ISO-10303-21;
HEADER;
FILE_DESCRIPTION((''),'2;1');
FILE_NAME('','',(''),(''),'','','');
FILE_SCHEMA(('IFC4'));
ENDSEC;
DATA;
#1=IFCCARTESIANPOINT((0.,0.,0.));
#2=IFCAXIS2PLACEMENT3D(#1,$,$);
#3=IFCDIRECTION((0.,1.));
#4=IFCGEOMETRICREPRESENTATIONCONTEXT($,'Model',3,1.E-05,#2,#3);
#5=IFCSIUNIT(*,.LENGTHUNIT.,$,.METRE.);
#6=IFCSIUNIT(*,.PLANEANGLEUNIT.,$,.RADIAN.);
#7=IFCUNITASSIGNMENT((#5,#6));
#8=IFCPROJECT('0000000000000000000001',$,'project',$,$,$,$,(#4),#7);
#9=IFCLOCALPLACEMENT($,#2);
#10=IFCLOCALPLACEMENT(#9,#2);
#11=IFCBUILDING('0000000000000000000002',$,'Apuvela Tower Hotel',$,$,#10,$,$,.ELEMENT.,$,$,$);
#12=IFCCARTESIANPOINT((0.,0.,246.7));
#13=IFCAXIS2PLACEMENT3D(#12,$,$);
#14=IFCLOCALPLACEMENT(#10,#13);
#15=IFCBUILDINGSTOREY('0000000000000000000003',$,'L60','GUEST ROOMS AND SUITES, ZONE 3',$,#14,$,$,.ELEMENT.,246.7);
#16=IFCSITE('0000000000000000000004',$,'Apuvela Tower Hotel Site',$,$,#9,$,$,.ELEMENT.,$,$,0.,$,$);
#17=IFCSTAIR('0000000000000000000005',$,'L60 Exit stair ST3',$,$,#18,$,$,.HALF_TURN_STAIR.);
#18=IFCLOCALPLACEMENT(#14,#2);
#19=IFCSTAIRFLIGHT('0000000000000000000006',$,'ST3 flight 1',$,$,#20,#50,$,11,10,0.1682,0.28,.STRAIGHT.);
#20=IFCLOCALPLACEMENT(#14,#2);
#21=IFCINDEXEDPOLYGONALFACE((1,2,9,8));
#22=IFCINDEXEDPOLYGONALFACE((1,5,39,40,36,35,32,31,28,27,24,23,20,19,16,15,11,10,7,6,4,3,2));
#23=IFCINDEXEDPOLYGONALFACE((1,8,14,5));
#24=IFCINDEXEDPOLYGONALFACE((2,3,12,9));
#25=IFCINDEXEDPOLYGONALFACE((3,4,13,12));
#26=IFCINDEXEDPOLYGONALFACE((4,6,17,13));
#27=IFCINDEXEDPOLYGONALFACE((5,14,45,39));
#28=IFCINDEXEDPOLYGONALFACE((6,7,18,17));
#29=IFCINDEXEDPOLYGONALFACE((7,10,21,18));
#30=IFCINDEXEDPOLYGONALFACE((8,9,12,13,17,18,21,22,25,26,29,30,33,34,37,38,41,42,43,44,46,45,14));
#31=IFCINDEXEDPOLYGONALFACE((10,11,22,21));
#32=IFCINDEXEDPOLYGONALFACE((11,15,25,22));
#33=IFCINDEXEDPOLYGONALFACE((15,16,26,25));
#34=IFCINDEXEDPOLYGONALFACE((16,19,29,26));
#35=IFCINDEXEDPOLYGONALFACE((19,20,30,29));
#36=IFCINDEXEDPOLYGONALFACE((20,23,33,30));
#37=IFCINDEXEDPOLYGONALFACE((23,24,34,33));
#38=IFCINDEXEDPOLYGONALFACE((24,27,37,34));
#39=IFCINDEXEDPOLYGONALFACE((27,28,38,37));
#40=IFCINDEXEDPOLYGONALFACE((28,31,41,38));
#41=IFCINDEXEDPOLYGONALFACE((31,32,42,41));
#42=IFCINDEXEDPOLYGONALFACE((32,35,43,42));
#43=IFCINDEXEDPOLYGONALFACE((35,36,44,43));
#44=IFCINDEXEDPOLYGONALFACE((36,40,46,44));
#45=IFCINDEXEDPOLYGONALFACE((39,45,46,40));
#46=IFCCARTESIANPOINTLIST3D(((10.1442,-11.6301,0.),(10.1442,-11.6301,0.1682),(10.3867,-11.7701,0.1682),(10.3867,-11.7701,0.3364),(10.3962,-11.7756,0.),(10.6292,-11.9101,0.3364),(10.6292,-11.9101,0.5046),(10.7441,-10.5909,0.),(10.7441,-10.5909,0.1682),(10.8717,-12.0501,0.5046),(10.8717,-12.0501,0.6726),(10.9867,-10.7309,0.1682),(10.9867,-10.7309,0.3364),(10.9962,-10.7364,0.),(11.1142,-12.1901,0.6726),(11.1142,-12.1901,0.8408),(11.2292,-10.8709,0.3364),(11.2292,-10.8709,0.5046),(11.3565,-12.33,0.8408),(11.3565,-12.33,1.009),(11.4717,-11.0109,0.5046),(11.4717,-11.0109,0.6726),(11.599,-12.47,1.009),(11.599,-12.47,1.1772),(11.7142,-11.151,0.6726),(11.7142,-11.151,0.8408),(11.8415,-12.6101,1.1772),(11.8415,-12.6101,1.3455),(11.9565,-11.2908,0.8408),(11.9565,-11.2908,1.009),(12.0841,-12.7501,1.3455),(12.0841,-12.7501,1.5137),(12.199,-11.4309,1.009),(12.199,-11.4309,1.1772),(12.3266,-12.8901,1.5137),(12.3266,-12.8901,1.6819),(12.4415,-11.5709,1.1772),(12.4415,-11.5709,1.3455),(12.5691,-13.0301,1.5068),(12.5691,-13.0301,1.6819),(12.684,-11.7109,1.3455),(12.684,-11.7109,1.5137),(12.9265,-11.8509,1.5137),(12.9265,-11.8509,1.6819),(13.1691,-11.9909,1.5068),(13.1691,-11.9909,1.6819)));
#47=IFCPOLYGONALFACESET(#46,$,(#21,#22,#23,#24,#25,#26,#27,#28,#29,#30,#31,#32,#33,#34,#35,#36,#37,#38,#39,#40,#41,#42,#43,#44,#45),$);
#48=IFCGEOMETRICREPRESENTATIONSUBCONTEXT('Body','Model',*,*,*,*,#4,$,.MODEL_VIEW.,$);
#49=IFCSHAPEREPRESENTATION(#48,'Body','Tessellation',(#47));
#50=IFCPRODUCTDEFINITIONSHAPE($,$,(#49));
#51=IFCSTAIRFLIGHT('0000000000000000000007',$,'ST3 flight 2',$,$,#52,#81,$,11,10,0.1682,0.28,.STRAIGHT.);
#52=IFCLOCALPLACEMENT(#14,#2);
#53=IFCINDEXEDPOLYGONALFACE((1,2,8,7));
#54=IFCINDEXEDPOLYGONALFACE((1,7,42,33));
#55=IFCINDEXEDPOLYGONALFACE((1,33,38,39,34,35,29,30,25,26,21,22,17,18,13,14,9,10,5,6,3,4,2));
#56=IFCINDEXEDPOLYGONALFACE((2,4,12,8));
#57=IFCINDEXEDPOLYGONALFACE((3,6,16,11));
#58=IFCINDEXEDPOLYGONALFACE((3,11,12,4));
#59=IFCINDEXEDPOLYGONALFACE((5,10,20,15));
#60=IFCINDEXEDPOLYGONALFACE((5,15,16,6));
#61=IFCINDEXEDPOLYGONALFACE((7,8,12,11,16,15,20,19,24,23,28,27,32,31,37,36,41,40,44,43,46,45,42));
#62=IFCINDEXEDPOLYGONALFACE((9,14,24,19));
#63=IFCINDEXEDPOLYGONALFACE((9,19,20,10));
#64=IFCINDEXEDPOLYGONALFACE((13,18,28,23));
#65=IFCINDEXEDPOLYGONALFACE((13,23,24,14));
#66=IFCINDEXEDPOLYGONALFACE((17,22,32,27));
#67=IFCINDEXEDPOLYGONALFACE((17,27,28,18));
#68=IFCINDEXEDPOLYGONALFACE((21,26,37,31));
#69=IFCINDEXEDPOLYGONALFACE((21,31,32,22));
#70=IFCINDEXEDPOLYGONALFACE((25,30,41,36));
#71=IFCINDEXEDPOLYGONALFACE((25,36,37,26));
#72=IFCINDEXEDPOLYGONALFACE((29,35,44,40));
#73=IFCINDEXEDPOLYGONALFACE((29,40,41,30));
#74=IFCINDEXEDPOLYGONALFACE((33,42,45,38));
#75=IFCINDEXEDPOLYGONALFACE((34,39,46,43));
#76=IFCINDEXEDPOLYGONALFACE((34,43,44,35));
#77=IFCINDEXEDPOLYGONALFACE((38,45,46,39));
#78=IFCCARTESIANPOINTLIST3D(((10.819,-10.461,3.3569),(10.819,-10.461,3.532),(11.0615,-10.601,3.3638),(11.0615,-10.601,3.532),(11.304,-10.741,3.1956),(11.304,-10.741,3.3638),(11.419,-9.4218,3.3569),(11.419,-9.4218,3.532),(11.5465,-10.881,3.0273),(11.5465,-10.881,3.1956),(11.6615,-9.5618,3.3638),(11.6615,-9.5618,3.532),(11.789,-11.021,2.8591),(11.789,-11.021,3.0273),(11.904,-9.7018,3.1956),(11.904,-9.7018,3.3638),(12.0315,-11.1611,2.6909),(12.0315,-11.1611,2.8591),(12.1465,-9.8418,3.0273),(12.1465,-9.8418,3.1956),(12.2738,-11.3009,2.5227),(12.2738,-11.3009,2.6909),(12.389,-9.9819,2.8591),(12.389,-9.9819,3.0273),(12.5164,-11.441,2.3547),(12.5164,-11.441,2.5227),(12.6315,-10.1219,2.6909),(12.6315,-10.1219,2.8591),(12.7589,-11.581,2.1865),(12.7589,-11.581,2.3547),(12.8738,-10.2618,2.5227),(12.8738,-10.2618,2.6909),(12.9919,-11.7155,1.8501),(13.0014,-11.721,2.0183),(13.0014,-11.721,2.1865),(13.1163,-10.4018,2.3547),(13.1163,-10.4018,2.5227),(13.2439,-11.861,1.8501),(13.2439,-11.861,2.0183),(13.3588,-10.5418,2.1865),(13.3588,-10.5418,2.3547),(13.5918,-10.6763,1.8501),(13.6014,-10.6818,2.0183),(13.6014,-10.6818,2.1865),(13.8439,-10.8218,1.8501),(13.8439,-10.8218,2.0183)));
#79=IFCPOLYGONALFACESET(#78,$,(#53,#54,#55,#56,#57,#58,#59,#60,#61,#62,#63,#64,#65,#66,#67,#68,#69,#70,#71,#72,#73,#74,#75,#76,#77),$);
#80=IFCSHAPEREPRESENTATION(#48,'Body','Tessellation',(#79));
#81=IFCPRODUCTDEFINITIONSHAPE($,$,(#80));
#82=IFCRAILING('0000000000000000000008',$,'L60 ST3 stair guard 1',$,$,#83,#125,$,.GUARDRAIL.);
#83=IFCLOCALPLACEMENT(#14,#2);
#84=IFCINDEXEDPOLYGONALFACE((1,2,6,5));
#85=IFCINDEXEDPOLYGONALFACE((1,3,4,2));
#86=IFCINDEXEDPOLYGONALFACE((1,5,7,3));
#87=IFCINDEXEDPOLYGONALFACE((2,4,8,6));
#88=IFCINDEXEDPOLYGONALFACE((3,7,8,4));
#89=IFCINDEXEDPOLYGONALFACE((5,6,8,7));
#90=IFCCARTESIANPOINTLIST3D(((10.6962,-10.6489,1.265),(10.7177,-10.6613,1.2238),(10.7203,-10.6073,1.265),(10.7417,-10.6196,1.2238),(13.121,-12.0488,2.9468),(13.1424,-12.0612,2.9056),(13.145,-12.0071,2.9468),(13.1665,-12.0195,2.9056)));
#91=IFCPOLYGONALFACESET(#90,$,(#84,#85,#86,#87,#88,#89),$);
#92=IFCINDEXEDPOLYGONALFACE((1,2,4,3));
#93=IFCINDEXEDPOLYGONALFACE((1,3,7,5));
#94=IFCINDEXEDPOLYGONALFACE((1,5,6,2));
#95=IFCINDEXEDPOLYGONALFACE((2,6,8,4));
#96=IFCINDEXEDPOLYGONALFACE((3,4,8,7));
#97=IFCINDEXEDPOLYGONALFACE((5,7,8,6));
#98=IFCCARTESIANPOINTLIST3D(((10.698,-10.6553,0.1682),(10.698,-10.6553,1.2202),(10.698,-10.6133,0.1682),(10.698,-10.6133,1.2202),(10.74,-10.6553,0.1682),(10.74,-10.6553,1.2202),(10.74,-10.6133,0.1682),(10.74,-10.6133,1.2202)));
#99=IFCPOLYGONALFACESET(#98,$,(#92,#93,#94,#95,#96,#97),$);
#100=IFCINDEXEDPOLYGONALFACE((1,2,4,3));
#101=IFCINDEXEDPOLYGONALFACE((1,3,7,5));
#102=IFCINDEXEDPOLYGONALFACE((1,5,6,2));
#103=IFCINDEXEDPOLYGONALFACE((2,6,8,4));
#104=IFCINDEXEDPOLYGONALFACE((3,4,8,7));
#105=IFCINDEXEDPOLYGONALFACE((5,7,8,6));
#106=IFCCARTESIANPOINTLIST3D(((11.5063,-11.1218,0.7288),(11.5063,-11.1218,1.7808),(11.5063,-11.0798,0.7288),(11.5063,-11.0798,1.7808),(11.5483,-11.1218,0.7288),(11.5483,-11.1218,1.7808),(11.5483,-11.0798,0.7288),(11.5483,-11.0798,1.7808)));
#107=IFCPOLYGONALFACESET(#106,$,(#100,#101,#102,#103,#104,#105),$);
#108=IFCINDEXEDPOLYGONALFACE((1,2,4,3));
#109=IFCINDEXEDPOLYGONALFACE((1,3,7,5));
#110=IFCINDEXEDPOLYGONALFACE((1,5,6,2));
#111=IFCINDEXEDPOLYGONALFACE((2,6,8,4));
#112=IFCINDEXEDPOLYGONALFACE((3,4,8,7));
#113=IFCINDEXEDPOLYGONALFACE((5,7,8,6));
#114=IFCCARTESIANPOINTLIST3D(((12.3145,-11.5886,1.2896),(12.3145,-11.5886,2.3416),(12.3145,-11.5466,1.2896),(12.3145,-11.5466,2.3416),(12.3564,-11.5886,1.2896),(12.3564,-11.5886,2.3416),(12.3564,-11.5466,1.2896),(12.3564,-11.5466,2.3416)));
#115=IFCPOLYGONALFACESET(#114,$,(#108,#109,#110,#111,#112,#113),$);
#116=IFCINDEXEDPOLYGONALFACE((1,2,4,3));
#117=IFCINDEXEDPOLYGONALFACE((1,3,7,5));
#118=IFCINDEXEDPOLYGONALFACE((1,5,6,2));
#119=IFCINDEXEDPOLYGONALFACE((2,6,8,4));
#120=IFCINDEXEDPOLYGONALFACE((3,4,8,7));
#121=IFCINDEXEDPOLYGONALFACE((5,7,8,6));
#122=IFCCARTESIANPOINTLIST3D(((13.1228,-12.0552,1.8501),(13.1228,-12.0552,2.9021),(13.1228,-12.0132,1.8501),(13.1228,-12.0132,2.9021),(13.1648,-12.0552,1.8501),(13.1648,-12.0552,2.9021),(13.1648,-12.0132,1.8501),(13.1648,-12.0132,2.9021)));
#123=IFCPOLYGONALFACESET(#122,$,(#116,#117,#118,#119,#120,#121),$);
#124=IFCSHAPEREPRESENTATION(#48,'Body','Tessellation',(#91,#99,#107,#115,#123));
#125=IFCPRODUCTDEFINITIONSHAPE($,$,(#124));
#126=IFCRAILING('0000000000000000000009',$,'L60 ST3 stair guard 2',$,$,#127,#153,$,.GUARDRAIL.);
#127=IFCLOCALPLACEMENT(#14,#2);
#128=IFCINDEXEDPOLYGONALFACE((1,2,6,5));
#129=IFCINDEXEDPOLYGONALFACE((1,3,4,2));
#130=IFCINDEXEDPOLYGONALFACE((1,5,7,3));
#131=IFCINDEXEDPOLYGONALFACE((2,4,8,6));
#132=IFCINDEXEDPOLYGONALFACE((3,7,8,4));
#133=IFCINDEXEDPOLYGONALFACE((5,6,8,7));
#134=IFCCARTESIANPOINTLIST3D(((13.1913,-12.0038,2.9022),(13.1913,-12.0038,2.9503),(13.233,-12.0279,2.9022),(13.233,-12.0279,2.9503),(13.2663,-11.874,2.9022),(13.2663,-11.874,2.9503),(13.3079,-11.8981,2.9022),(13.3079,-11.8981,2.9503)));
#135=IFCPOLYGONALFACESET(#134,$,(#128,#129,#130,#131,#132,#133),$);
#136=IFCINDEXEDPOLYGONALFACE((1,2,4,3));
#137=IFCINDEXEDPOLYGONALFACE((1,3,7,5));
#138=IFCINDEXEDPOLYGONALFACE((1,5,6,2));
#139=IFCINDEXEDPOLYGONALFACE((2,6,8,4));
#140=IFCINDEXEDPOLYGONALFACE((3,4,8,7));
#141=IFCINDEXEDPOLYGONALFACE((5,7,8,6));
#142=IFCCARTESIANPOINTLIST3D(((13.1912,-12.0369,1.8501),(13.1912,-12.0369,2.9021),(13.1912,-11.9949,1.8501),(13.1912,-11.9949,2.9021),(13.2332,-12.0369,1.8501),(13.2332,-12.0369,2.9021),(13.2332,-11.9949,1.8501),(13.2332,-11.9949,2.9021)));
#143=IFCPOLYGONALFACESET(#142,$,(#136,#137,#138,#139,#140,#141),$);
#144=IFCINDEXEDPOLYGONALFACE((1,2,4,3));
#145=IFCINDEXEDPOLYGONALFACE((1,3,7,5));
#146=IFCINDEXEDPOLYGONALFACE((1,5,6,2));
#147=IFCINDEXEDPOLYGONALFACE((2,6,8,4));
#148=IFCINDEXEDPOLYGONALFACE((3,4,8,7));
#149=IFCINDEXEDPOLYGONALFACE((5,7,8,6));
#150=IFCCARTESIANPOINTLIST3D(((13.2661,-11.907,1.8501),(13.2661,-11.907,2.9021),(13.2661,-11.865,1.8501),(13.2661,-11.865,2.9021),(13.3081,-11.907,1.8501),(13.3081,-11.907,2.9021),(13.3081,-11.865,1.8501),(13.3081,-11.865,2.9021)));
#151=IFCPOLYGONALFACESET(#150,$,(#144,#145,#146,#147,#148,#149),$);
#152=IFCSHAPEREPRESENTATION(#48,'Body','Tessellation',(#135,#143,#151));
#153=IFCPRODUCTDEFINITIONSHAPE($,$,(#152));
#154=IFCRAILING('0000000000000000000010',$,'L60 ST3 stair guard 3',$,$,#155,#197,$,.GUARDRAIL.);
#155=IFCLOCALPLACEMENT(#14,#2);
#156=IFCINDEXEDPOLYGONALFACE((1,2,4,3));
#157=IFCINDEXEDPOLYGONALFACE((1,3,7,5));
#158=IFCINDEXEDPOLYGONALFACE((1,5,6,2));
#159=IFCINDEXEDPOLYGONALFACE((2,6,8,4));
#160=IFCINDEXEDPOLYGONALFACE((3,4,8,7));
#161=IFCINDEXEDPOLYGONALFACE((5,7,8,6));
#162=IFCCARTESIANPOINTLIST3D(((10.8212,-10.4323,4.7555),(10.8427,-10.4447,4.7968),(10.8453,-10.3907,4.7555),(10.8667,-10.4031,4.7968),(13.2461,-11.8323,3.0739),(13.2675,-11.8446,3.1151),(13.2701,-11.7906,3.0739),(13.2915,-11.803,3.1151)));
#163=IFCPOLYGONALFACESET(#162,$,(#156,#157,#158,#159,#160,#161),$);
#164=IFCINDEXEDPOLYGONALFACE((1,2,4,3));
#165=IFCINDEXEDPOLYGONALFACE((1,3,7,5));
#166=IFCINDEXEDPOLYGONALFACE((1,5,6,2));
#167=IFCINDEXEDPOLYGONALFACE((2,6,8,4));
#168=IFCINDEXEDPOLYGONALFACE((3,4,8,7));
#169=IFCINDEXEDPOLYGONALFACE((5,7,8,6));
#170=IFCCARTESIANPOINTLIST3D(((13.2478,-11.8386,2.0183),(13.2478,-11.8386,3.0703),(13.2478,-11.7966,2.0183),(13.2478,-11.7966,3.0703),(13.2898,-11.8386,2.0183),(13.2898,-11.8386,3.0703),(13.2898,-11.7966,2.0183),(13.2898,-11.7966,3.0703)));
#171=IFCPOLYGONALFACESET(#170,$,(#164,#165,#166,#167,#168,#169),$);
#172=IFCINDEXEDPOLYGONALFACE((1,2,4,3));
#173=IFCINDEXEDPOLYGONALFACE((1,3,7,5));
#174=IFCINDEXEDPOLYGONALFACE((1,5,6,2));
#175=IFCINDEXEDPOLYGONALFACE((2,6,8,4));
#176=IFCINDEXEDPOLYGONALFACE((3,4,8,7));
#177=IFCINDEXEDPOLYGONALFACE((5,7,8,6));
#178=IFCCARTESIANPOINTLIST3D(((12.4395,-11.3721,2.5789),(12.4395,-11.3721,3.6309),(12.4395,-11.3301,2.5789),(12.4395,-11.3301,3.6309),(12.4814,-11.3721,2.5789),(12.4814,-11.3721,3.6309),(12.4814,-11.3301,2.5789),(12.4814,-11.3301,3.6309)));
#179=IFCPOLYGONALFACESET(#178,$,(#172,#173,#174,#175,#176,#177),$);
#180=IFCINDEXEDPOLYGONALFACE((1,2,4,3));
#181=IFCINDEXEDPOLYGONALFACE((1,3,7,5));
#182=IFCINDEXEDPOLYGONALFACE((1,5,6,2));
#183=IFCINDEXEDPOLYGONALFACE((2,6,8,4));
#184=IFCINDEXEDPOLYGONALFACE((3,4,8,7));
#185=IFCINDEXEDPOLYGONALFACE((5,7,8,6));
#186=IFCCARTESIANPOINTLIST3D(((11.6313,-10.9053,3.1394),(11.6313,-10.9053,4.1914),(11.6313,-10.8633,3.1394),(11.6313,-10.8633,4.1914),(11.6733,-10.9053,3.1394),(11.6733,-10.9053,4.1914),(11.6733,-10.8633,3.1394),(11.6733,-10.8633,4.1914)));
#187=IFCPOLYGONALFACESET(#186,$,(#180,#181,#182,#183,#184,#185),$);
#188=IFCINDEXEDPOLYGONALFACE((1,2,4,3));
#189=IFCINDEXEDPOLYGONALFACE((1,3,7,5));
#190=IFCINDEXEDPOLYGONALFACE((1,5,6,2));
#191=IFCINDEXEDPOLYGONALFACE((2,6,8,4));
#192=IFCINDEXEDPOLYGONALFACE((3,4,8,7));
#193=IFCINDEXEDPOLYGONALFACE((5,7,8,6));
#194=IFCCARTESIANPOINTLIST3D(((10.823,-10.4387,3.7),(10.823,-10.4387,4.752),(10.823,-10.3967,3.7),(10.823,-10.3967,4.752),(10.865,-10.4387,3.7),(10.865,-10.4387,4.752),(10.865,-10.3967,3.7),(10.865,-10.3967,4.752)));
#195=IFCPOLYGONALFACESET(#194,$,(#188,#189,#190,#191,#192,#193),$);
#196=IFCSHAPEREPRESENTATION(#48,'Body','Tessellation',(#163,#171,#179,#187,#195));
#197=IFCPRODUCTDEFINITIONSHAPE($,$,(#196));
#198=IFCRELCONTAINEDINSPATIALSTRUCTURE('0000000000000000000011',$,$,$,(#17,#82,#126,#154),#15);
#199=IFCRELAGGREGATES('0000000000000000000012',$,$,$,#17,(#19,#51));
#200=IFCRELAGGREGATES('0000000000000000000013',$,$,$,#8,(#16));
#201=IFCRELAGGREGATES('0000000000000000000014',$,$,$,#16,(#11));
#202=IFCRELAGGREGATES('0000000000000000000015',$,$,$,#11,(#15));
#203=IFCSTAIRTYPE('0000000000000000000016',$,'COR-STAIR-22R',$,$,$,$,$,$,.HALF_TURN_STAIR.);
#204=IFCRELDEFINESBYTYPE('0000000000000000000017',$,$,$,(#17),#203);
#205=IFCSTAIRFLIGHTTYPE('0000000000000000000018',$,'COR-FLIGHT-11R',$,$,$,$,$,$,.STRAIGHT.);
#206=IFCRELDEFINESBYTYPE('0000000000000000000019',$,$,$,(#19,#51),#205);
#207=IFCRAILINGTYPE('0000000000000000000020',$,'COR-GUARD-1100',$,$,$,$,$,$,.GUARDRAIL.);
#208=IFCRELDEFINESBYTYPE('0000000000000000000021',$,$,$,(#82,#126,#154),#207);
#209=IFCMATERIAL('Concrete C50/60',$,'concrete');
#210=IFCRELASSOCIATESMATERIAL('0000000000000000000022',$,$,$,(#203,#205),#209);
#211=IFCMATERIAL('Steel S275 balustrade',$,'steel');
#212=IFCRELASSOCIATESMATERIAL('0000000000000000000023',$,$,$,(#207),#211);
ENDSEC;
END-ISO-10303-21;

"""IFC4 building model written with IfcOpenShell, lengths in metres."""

from ifc_helpers import new_model, si_unit, direction, frame, origin, origin_2d, place, context, subcontext, project, spatial, polyline, rectangle, outline, extrude, material, type_object, element, aggregate, save


model = new_model("IFC4")

# Units and contexts
model_context = context("Model", 3, precision=1e-05, world=origin(), true_north=direction((0.0, 1.0)))
body_context = subcontext(model_context, "Body", "Model", "MODEL_VIEW")
ifc_project = project(units=[si_unit("LENGTHUNIT", "METRE"), si_unit("PLANEANGLEUNIT", "RADIAN")], contexts=[model_context])

# Site, building, storey
site_placement = place(None, origin())
site = spatial("IfcSite", under=ifc_project, at=site_placement, Name="Apuvela Tower Hotel Site", CompositionType="ELEMENT", RefElevation=0.0)
building_placement = place(site_placement, origin())
building = spatial("IfcBuilding", under=site, at=building_placement, Name="Apuvela Tower Hotel", CompositionType="ELEMENT")
storey_placement = place(building_placement, frame((0.0, 0.0, 246.7)))
storey = spatial("IfcBuildingStorey", under=building, at=storey_placement, Name="L60", Description="GUEST ROOMS AND SUITES, ZONE 3", CompositionType="ELEMENT", Elevation=246.7)

# Shared definitions
ifc_material_1 = material(Name="Concrete C50/60", Category="concrete")

# Stair, stair flights
stair_type = type_object("IfcStairType", Name="COR-STAIR-22R", PredefinedType="HALF_TURN_STAIR", material=ifc_material_1)
stair_placement = place(storey_placement, origin())
stair = element("IfcStair", 1, at=stair_placement, inside=storey, type_object=stair_type, Name="L60 Exit stair ST3", PredefinedType="HALF_TURN_STAIR")
stair_flight_type = type_object("IfcStairFlightType", Name="COR-FLIGHT-11R", PredefinedType="STRAIGHT", material=ifc_material_1)
stair_flight_1_placement = place(storey_placement, frame((10.4441, -11.1106, 0.0), z_axis=(0.0, 0.0, 1.0), x_axis=(0.866025, -0.5, 0.0)))
stair_flight_1 = element("IfcStairFlight", 2, at=stair_flight_1_placement, type_object=stair_flight_type, Name="ST3 flight 1", NumberOfRisers=11, NumberOfTreads=10, PredefinedType="STRAIGHT", RiserHeight=0.1682, TreadLength=0.28, context=body_context, shape_type="SweptSolid", body=[
    extrude(outline(polyline([(0.0, 0.0), (0.0, 0.1682), (0.28, 0.1682), (0.28, 0.3364), (0.5601, 0.3364), (0.5601, 0.5046), (0.8401, 0.5046), (0.8401, 0.6726), (1.1201, 0.6726), (1.1201, 0.8408), (1.3999, 0.8408), (1.3999, 1.009), (1.6799, 1.009), (1.6799, 1.1772), (1.96, 1.1772), (1.96, 1.3455), (2.24, 1.3455), (2.24, 1.5137), (2.52, 1.5137), (2.52, 1.6819), (2.8, 1.6819), (2.8, 1.8501), (2.8, 1.5068), (0.291, 0.0), (0.0, 0.0)])), frame((0.0, 0.6001, 0.0), z_axis=(0.0, -1.0, 0.0), x_axis=(1.0, 0.0, 0.0)), (0.0, 0.0, 1.0), 1.2),
])
stair_flight_2_placement = place(storey_placement, frame((13.5439, -11.3413, 1.8501), z_axis=(0.0, 0.0, 1.0), x_axis=(-0.866025, 0.5, 0.0)))
stair_flight_2 = element("IfcStairFlight", 3, at=stair_flight_2_placement, type_object=stair_flight_type, Name="ST3 flight 2", NumberOfRisers=11, NumberOfTreads=10, PredefinedType="STRAIGHT", RiserHeight=0.1682, TreadLength=0.28, context=body_context, shape_type="SweptSolid", body=[
    extrude(outline(polyline([(0.0, 0.0), (0.0, 0.1682), (0.28, 0.1682), (0.28, 0.3364), (0.5601, 0.3364), (0.5601, 0.5046), (0.8401, 0.5046), (0.8401, 0.6726), (1.1201, 0.6726), (1.1201, 0.8408), (1.3999, 0.8408), (1.3999, 1.009), (1.6799, 1.009), (1.6799, 1.1772), (1.96, 1.1772), (1.96, 1.3455), (2.24, 1.3455), (2.24, 1.5137), (2.52, 1.5137), (2.52, 1.6819), (2.8, 1.6819), (2.8, 1.8501), (2.8, 1.5068), (0.291, 0.0), (0.0, 0.0)])), frame((0.0, 0.6001, 0.0), z_axis=(0.0, -1.0, 0.0), x_axis=(1.0, 0.0, 0.0)), (0.0, 0.0, 1.0), 1.2),
])
aggregate(stair, [stair_flight_1, stair_flight_2])

# Railings
ifc_material_2 = material(Name="Steel S275 balustrade", Category="steel")
railing_type_1 = type_object("IfcRailingType", Name="COR-GUARD-1100", PredefinedType="GUARDRAIL", material=ifc_material_2)
railing_1_placement = place(storey_placement, frame((10.719, -10.6343, 0.1682)))
element("IfcRailing", 4, at=railing_1_placement, inside=storey, type_object=railing_type_1, Name="L60 ST3 stair guard 1", PredefinedType="GUARDRAIL", context=body_context, shape_type="SweptSolid", body=[
    extrude(rectangle(XDim=0.0481, YDim=0.0481, at=origin_2d()), frame((0.0, 0.0, 1.0762), z_axis=(0.74239, -0.428601, 0.514934), x_axis=(0.499984, 0.866035, 0.0)), (0.0, 0.0, 1.0), 3.2661),
    extrude(rectangle(XDim=0.042, YDim=0.042, at=origin_2d()), origin(), (0.0, 0.0, 1.0), 1.052),
    extrude(rectangle(XDim=0.042, YDim=0.042, at=origin_2d()), frame((0.8083, -0.4666, 0.5605)), (0.0, 0.0, 1.0), 1.052),
    extrude(rectangle(XDim=0.042, YDim=0.042, at=origin_2d()), frame((1.6165, -0.9333, 1.1213)), (0.0, 0.0, 1.0), 1.052),
    extrude(rectangle(XDim=0.042, YDim=0.042, at=origin_2d()), frame((2.4248, -1.3999, 1.6819)), (0.0, 0.0, 1.0), 1.052),
])
railing_2_placement = place(storey_placement, frame((13.2122, -12.0159, 1.8501)))
element("IfcRailing", 5, at=railing_2_placement, inside=storey, type_object=railing_type_1, Name="L60 ST3 stair guard 2", PredefinedType="GUARDRAIL", context=body_context, shape_type="SweptSolid", body=[
    extrude(rectangle(XDim=0.0481, YDim=0.0481, at=origin_2d()), frame((0.0, 0.0, 1.0762), z_axis=(0.499816, 0.866131, 0.0), x_axis=(-0.866131, 0.499816, 0.0)), (0.0, 0.0, 1.0), 0.1499),
    extrude(rectangle(XDim=0.042, YDim=0.042, at=origin_2d()), origin(), (0.0, 0.0, 1.0), 1.052),
    extrude(rectangle(XDim=0.042, YDim=0.042, at=origin_2d()), frame((0.075, 0.1299, 0.0)), (0.0, 0.0, 1.0), 1.052),
])
railing_3_placement = place(storey_placement, frame((13.2688, -11.8176, 2.0183)))
element("IfcRailing", 6, at=railing_3_placement, inside=storey, type_object=railing_type_1, Name="L60 ST3 stair guard 3", PredefinedType="GUARDRAIL", context=body_context, shape_type="SweptSolid", body=[
    extrude(rectangle(XDim=0.0481, YDim=0.0481, at=origin_2d()), frame((0.0, 0.0, 1.0762), z_axis=(-0.742419, 0.428618, 0.514879), x_axis=(-0.499984, -0.866035, 0.0)), (0.0, 0.0, 1.0), 3.2661),
    extrude(rectangle(XDim=0.042, YDim=0.042, at=origin_2d()), origin(), (0.0, 0.0, 1.0), 1.052),
    extrude(rectangle(XDim=0.042, YDim=0.042, at=origin_2d()), frame((-0.8083, 0.4666, 0.5605)), (0.0, 0.0, 1.0), 1.052),
    extrude(rectangle(XDim=0.042, YDim=0.042, at=origin_2d()), frame((-1.6165, 0.9333, 1.1211)), (0.0, 0.0, 1.0), 1.052),
    extrude(rectangle(XDim=0.042, YDim=0.042, at=origin_2d()), frame((-2.4248, 1.3999, 1.6816)), (0.0, 0.0, 1.0), 1.052),
])

save(model, "model.ifc")
